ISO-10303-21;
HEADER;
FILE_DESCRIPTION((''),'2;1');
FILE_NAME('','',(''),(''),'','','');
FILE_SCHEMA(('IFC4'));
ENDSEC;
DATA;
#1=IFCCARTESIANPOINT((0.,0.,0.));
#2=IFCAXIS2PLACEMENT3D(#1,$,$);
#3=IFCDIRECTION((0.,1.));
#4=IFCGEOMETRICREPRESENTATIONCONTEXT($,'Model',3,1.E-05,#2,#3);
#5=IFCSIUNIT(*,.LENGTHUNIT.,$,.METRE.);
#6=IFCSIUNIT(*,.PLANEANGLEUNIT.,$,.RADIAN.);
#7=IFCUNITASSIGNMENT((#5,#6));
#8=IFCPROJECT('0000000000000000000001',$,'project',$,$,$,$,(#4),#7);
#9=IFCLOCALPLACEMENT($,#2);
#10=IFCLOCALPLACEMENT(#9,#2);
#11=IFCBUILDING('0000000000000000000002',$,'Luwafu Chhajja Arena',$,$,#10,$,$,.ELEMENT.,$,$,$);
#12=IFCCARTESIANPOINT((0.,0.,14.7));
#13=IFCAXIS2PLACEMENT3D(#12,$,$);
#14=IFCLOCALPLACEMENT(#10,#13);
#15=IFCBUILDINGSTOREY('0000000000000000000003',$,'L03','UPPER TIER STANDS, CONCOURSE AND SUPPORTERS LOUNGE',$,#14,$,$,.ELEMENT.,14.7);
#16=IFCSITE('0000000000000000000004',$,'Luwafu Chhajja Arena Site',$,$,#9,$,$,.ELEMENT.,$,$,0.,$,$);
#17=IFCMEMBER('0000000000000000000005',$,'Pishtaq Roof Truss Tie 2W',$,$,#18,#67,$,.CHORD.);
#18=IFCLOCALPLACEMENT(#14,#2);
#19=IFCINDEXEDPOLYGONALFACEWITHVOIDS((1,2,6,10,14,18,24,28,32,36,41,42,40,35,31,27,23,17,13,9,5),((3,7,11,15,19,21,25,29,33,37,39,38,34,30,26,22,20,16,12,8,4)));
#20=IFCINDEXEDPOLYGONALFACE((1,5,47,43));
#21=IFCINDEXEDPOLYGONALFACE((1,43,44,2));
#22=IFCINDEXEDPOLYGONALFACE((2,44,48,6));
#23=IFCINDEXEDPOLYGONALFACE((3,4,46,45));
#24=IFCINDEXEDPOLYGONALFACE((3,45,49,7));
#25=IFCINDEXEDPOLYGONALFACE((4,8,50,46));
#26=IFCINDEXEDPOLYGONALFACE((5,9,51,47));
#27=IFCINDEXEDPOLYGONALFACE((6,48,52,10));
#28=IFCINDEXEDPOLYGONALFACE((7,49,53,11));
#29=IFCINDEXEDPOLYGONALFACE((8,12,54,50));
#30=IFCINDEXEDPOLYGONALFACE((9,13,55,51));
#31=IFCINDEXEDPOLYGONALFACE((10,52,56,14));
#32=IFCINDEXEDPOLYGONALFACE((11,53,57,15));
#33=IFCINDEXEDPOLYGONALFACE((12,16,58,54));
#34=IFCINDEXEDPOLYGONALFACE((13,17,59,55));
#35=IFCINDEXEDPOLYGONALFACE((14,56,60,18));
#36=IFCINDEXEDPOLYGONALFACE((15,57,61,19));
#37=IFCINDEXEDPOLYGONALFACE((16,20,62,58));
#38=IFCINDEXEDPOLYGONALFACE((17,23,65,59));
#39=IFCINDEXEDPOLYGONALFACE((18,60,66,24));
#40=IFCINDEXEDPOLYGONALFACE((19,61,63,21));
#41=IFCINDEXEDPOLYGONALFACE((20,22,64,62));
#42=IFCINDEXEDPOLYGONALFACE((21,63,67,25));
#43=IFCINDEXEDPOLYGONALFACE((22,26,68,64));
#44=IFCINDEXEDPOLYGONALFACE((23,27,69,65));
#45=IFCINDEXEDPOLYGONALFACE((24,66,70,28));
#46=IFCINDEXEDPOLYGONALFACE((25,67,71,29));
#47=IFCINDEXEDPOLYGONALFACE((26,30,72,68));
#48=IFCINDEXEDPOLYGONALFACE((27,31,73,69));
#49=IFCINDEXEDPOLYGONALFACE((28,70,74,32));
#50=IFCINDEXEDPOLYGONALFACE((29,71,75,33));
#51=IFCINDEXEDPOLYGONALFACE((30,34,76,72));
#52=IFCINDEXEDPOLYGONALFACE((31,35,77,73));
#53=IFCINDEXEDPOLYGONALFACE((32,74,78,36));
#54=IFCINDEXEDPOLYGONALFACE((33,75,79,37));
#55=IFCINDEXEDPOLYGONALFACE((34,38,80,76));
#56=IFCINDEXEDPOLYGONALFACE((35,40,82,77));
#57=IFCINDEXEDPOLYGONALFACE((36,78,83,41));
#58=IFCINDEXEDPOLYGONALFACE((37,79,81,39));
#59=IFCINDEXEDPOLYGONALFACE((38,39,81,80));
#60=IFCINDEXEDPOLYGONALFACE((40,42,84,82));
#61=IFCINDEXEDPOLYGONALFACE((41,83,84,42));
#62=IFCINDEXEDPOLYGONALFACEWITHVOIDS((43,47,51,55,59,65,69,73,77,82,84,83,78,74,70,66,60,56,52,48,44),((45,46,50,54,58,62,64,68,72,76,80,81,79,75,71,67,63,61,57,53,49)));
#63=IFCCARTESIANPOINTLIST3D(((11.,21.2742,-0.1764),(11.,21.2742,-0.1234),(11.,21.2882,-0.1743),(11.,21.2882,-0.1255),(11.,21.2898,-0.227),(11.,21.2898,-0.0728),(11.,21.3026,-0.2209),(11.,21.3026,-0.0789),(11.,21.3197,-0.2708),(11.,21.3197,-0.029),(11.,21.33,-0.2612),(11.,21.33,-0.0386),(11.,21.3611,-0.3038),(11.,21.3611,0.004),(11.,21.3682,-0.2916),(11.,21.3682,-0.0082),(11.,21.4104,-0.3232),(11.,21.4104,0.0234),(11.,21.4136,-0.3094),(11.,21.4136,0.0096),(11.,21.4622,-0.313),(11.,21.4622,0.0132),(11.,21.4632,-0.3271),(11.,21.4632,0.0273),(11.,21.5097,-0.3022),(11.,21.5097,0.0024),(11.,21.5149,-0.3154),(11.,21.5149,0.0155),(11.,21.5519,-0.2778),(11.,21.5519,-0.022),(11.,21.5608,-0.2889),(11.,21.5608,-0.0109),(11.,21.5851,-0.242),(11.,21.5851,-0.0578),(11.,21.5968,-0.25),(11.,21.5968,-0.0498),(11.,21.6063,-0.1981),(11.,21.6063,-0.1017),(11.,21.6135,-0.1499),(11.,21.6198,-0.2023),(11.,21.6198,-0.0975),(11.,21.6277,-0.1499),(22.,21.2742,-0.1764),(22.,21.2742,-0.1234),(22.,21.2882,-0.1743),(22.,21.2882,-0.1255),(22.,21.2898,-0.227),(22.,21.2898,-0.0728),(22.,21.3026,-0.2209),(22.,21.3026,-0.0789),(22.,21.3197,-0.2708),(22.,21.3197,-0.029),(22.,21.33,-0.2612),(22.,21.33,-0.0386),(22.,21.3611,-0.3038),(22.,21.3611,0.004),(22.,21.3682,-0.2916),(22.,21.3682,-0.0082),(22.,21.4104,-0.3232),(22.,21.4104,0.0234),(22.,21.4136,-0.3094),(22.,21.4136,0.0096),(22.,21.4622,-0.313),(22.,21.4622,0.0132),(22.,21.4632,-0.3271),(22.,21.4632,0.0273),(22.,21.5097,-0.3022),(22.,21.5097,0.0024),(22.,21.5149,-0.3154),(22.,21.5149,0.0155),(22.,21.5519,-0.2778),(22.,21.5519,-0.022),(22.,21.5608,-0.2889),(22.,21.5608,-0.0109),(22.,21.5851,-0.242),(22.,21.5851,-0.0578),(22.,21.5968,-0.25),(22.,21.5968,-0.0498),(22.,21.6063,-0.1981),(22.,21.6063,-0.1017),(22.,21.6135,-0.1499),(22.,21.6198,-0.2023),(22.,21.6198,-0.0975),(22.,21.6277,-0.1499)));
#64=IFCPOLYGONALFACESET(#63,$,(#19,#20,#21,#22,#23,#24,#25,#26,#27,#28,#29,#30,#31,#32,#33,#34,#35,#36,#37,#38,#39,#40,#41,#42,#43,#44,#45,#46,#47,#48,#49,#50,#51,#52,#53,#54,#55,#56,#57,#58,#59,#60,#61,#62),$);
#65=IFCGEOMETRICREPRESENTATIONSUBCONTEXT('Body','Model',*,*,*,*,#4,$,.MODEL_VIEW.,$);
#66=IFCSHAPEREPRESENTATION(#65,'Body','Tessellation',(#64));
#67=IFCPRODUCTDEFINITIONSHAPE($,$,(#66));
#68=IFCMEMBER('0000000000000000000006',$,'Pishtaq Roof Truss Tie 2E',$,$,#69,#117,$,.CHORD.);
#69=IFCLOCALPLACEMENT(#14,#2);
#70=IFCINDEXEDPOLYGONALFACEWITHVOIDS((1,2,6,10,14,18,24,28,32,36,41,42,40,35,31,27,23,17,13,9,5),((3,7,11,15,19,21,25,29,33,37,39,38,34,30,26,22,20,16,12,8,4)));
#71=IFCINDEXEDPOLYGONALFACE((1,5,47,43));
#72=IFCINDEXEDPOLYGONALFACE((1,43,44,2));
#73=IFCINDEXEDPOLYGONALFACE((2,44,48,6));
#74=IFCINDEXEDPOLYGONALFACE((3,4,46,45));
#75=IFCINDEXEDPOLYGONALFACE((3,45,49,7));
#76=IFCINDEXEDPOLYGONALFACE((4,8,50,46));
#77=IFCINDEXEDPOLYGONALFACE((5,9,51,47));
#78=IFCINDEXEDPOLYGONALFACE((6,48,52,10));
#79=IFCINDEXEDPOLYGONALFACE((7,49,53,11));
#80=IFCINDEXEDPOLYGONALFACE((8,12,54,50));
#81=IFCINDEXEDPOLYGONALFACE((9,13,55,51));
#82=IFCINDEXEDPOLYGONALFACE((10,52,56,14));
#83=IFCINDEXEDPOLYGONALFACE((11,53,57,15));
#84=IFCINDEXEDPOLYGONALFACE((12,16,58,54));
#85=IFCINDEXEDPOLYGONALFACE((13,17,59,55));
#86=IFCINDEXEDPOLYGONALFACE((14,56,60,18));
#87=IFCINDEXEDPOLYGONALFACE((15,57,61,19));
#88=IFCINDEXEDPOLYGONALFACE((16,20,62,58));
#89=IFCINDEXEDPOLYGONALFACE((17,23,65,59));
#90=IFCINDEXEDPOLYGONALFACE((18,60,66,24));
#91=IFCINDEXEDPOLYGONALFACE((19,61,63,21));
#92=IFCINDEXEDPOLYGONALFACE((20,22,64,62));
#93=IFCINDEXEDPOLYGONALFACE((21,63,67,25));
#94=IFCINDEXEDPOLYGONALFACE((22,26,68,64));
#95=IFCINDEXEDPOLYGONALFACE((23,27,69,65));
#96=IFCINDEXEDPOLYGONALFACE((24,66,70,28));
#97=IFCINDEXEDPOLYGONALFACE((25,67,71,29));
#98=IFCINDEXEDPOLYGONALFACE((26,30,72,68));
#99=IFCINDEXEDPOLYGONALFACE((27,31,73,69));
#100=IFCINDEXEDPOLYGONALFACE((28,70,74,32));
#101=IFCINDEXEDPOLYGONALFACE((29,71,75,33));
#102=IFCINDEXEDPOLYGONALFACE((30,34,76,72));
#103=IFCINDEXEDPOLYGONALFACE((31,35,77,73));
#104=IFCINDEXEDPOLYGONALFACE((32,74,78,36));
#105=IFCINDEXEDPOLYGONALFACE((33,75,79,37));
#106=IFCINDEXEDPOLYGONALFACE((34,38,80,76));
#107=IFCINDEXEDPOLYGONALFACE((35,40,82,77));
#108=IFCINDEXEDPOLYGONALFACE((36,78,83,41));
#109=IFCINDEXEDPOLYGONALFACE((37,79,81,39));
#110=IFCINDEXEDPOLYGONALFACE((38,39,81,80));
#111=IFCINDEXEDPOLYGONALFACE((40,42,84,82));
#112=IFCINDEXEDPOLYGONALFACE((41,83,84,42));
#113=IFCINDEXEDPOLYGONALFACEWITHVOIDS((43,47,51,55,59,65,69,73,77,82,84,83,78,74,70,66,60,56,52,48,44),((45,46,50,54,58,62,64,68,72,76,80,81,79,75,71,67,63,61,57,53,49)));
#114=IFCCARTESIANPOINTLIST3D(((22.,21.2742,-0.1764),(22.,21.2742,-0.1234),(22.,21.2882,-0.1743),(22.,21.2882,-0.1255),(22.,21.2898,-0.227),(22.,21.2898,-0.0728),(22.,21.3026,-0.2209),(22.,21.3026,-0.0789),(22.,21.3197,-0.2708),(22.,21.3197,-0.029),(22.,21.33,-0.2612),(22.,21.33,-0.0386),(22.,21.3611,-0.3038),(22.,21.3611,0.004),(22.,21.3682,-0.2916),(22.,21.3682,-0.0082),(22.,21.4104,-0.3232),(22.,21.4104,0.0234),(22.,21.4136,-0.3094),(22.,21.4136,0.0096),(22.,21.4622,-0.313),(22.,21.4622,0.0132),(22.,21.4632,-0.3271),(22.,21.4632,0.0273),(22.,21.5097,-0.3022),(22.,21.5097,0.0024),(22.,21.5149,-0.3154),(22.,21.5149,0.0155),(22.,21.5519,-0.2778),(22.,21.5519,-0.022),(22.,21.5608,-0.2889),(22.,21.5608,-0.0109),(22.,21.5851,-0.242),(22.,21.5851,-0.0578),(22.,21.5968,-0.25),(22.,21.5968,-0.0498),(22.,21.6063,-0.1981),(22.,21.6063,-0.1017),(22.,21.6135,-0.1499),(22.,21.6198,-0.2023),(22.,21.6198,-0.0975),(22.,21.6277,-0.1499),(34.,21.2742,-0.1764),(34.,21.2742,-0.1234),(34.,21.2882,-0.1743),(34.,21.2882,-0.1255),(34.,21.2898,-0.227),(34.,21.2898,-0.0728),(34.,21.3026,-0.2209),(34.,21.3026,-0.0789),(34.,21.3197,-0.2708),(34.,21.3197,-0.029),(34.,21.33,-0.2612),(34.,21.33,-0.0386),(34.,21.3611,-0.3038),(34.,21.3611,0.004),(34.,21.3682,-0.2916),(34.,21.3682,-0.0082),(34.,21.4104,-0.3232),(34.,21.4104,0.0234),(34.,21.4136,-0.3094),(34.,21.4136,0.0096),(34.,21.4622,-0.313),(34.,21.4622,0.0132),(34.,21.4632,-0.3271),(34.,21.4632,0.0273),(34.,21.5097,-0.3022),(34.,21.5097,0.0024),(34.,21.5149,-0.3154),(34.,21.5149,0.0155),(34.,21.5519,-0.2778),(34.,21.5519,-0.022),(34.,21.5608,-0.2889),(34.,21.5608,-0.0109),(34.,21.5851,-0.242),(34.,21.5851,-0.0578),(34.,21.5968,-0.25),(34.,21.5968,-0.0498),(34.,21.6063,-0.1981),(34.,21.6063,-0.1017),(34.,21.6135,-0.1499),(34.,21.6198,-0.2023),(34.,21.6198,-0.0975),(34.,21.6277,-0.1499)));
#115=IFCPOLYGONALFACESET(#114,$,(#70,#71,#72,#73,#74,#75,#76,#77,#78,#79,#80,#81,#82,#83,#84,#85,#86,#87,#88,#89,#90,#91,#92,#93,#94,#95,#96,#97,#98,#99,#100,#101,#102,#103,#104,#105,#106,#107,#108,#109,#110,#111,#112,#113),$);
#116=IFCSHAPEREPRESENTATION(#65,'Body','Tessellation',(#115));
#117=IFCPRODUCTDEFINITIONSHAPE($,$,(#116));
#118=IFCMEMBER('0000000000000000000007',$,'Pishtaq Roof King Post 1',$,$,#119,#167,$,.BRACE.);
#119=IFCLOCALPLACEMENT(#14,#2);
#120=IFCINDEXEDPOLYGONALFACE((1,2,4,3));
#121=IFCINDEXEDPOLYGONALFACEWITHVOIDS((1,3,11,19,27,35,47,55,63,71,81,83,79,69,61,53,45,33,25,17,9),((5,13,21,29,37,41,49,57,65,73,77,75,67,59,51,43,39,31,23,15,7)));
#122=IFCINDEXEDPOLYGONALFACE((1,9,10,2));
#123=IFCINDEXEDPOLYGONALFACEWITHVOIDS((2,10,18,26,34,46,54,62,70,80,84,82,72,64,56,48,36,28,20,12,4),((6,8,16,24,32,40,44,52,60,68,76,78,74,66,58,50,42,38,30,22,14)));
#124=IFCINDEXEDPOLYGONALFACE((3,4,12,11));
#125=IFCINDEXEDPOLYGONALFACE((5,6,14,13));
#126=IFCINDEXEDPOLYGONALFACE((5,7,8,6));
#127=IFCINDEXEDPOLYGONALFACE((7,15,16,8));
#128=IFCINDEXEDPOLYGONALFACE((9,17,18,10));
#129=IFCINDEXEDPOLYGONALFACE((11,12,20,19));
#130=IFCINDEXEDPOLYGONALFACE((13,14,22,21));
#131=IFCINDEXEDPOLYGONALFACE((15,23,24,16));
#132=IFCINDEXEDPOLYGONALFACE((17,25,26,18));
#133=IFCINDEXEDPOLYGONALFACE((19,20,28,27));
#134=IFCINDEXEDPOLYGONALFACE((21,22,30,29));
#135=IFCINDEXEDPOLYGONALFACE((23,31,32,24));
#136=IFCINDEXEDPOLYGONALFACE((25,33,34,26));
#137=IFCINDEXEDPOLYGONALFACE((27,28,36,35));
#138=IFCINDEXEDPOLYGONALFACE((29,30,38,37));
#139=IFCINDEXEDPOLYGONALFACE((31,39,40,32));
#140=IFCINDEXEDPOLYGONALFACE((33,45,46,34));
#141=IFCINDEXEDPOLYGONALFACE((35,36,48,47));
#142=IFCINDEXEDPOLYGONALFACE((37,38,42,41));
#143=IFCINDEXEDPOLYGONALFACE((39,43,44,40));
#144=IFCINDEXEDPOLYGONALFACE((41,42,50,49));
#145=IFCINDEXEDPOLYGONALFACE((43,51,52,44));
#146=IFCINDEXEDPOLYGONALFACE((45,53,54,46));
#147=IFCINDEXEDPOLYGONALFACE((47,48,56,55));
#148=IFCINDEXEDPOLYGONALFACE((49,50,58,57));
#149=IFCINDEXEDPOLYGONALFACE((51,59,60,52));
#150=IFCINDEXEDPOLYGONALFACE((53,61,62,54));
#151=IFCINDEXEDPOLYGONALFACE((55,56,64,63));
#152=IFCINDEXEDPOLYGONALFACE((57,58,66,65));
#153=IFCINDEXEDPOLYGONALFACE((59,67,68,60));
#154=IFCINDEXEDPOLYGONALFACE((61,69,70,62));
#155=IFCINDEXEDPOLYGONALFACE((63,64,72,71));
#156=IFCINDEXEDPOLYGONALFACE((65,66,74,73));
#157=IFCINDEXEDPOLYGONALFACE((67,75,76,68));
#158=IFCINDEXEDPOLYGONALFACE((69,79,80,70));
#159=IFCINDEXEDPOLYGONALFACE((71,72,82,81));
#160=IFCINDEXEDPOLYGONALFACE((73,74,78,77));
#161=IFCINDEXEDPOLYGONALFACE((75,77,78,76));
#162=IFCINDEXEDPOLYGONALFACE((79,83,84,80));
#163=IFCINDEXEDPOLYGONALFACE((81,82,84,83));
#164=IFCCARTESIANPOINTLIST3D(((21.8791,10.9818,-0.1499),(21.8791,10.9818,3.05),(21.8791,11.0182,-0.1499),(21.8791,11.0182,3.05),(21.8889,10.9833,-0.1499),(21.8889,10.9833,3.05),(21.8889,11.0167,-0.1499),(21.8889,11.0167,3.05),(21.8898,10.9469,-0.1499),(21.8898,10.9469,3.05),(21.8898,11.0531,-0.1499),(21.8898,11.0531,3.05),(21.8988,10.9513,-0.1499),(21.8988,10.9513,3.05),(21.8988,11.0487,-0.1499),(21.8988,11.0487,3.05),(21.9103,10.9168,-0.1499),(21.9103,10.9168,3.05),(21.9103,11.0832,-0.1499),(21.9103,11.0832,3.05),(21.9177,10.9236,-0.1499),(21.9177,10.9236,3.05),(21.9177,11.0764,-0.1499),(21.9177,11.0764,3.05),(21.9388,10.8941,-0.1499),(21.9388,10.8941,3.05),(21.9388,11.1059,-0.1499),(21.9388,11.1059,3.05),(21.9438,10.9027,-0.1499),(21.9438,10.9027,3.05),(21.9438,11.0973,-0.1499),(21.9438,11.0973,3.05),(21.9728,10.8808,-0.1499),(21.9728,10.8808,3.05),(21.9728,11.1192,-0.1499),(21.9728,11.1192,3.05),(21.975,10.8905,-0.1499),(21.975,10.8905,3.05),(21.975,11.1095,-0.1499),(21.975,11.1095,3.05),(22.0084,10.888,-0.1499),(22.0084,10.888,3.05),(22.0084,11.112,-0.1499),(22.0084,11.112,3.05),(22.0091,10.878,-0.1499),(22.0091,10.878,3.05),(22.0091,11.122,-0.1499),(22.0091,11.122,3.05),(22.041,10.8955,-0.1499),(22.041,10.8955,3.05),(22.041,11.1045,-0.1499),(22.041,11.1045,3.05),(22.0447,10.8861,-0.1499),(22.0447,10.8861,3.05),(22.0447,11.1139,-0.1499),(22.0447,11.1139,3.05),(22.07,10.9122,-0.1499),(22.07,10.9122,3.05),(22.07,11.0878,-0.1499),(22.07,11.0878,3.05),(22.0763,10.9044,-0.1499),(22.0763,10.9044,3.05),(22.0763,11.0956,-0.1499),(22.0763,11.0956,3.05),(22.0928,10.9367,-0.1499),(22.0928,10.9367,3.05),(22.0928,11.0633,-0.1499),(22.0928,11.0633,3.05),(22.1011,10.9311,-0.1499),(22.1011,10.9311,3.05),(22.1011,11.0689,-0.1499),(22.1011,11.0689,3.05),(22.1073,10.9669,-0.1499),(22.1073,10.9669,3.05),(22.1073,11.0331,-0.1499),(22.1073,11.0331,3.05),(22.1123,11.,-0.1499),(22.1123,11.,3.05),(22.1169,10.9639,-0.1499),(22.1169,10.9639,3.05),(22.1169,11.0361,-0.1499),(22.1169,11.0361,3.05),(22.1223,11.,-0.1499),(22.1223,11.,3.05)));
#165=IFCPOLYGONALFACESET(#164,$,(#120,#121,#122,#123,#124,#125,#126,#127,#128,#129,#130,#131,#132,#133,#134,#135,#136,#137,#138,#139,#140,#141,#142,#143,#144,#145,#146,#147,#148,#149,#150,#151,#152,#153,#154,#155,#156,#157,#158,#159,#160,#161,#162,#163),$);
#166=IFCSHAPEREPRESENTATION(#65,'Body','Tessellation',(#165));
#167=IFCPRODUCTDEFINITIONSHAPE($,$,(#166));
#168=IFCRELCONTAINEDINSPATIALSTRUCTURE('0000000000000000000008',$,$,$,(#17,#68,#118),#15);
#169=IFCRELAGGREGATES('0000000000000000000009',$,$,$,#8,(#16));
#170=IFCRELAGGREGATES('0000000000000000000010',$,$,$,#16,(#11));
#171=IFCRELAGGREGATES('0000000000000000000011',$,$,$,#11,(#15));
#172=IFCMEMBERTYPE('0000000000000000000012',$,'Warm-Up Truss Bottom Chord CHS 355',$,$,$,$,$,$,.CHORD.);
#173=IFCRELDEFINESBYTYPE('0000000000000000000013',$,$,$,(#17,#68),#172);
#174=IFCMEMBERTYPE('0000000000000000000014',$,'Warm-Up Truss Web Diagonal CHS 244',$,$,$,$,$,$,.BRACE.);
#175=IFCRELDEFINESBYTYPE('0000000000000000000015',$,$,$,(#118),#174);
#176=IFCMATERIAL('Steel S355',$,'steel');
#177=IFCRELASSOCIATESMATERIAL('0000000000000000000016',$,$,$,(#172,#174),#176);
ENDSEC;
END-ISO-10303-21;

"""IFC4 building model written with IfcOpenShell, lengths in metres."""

from ifc_helpers import new_model, si_unit, direction, frame, origin, origin_2d, place, context, subcontext, project, spatial, hollow_circle, extrude, material, material_profile, profile_set, type_object, element, save


model = new_model("IFC4")

# Units and contexts
model_context = context("Model", 3, precision=1e-05, world=origin(), true_north=direction((0.0, 1.0)))
body_context = subcontext(model_context, "Body", "Model", "MODEL_VIEW")
ifc_project = project(units=[si_unit("LENGTHUNIT", "METRE"), si_unit("PLANEANGLEUNIT", "RADIAN")], contexts=[model_context])

# Site, building, storey
site_placement = place(None, origin())
site = spatial("IfcSite", under=ifc_project, at=site_placement, Name="Luwafu Chhajja Arena Site", CompositionType="ELEMENT", RefElevation=0.0)
building_placement = place(site_placement, origin())
building = spatial("IfcBuilding", under=site, at=building_placement, Name="Luwafu Chhajja Arena", CompositionType="ELEMENT")
storey_placement = place(building_placement, frame((0.0, 0.0, 14.7)))
storey = spatial("IfcBuildingStorey", under=building, at=storey_placement, Name="L03", Description="UPPER TIER STANDS, CONCOURSE AND SUPPORTERS LOUNGE", CompositionType="ELEMENT", Elevation=14.7)

# Shared definitions
ifc_material_1 = material(Name="Steel S355", Category="steel")

# Members
ifc_material_profile_1 = material_profile(ifc_material_1, hollow_circle(Radius=0.1777, WallThickness=0.0142, at=origin_2d()), Name="CHS 355.6x14.2")
ifc_profile_set_1 = profile_set([ifc_material_profile_1], Name="Steel S355")
member_type_1 = type_object("IfcMemberType", Name="Warm-Up Truss Bottom Chord CHS 355", PredefinedType="CHORD", material=ifc_profile_set_1)
member_1_placement = place(storey_placement, frame((11.0, 21.45, -0.1499), z_axis=(1.0, 0.0, 0.0), x_axis=(0.0, 1.0, 0.0)))
element("IfcMember", 1, at=member_1_placement, inside=storey, type_object=member_type_1, Name="Pishtaq Roof Truss Tie 2W", PredefinedType="CHORD", context=body_context, shape_type="SweptSolid", body=[
    extrude(hollow_circle(Radius=0.1777, WallThickness=0.0142, at=origin_2d()), origin(), (0.0, 0.0, 1.0), 11.0),
])
member_2_placement = place(storey_placement, frame((22.0, 21.45, -0.1499), z_axis=(1.0, 0.0, 0.0), x_axis=(0.0, 1.0, 0.0)))
element("IfcMember", 2, at=member_2_placement, inside=storey, type_object=member_type_1, Name="Pishtaq Roof Truss Tie 2E", PredefinedType="CHORD", context=body_context, shape_type="SweptSolid", body=[
    extrude(hollow_circle(Radius=0.1777, WallThickness=0.0142, at=origin_2d()), origin(), (0.0, 0.0, 1.0), 12.0),
])
ifc_material_profile_2 = material_profile(ifc_material_1, hollow_circle(Radius=0.1223, WallThickness=0.01, at=origin_2d()), Name="CHS 244.5x10")
ifc_profile_set_2 = profile_set([ifc_material_profile_2], Name="Steel S355")
member_type_2 = type_object("IfcMemberType", Name="Warm-Up Truss Web Diagonal CHS 244", PredefinedType="BRACE", material=ifc_profile_set_2)
for number, where, z_axis, x_axis, name in (
    (3, (22.0, 11.0, -0.1499), (0.0, 0.0, 1.0), (1.0, 0.0, 0.0), "Pishtaq Roof King Post 1"),
):
    element("IfcMember", number, at=place(storey_placement, frame(where, z_axis=z_axis, x_axis=x_axis)), inside=storey, type_object=member_type_2, Name=name, PredefinedType="BRACE", context=body_context, shape_type="SweptSolid", body=[
        extrude(hollow_circle(Radius=0.1223, WallThickness=0.01, at=origin_2d()), origin(), (0.0, 0.0, 1.0), 3.2),
    ])

save(model, "model.ifc")
